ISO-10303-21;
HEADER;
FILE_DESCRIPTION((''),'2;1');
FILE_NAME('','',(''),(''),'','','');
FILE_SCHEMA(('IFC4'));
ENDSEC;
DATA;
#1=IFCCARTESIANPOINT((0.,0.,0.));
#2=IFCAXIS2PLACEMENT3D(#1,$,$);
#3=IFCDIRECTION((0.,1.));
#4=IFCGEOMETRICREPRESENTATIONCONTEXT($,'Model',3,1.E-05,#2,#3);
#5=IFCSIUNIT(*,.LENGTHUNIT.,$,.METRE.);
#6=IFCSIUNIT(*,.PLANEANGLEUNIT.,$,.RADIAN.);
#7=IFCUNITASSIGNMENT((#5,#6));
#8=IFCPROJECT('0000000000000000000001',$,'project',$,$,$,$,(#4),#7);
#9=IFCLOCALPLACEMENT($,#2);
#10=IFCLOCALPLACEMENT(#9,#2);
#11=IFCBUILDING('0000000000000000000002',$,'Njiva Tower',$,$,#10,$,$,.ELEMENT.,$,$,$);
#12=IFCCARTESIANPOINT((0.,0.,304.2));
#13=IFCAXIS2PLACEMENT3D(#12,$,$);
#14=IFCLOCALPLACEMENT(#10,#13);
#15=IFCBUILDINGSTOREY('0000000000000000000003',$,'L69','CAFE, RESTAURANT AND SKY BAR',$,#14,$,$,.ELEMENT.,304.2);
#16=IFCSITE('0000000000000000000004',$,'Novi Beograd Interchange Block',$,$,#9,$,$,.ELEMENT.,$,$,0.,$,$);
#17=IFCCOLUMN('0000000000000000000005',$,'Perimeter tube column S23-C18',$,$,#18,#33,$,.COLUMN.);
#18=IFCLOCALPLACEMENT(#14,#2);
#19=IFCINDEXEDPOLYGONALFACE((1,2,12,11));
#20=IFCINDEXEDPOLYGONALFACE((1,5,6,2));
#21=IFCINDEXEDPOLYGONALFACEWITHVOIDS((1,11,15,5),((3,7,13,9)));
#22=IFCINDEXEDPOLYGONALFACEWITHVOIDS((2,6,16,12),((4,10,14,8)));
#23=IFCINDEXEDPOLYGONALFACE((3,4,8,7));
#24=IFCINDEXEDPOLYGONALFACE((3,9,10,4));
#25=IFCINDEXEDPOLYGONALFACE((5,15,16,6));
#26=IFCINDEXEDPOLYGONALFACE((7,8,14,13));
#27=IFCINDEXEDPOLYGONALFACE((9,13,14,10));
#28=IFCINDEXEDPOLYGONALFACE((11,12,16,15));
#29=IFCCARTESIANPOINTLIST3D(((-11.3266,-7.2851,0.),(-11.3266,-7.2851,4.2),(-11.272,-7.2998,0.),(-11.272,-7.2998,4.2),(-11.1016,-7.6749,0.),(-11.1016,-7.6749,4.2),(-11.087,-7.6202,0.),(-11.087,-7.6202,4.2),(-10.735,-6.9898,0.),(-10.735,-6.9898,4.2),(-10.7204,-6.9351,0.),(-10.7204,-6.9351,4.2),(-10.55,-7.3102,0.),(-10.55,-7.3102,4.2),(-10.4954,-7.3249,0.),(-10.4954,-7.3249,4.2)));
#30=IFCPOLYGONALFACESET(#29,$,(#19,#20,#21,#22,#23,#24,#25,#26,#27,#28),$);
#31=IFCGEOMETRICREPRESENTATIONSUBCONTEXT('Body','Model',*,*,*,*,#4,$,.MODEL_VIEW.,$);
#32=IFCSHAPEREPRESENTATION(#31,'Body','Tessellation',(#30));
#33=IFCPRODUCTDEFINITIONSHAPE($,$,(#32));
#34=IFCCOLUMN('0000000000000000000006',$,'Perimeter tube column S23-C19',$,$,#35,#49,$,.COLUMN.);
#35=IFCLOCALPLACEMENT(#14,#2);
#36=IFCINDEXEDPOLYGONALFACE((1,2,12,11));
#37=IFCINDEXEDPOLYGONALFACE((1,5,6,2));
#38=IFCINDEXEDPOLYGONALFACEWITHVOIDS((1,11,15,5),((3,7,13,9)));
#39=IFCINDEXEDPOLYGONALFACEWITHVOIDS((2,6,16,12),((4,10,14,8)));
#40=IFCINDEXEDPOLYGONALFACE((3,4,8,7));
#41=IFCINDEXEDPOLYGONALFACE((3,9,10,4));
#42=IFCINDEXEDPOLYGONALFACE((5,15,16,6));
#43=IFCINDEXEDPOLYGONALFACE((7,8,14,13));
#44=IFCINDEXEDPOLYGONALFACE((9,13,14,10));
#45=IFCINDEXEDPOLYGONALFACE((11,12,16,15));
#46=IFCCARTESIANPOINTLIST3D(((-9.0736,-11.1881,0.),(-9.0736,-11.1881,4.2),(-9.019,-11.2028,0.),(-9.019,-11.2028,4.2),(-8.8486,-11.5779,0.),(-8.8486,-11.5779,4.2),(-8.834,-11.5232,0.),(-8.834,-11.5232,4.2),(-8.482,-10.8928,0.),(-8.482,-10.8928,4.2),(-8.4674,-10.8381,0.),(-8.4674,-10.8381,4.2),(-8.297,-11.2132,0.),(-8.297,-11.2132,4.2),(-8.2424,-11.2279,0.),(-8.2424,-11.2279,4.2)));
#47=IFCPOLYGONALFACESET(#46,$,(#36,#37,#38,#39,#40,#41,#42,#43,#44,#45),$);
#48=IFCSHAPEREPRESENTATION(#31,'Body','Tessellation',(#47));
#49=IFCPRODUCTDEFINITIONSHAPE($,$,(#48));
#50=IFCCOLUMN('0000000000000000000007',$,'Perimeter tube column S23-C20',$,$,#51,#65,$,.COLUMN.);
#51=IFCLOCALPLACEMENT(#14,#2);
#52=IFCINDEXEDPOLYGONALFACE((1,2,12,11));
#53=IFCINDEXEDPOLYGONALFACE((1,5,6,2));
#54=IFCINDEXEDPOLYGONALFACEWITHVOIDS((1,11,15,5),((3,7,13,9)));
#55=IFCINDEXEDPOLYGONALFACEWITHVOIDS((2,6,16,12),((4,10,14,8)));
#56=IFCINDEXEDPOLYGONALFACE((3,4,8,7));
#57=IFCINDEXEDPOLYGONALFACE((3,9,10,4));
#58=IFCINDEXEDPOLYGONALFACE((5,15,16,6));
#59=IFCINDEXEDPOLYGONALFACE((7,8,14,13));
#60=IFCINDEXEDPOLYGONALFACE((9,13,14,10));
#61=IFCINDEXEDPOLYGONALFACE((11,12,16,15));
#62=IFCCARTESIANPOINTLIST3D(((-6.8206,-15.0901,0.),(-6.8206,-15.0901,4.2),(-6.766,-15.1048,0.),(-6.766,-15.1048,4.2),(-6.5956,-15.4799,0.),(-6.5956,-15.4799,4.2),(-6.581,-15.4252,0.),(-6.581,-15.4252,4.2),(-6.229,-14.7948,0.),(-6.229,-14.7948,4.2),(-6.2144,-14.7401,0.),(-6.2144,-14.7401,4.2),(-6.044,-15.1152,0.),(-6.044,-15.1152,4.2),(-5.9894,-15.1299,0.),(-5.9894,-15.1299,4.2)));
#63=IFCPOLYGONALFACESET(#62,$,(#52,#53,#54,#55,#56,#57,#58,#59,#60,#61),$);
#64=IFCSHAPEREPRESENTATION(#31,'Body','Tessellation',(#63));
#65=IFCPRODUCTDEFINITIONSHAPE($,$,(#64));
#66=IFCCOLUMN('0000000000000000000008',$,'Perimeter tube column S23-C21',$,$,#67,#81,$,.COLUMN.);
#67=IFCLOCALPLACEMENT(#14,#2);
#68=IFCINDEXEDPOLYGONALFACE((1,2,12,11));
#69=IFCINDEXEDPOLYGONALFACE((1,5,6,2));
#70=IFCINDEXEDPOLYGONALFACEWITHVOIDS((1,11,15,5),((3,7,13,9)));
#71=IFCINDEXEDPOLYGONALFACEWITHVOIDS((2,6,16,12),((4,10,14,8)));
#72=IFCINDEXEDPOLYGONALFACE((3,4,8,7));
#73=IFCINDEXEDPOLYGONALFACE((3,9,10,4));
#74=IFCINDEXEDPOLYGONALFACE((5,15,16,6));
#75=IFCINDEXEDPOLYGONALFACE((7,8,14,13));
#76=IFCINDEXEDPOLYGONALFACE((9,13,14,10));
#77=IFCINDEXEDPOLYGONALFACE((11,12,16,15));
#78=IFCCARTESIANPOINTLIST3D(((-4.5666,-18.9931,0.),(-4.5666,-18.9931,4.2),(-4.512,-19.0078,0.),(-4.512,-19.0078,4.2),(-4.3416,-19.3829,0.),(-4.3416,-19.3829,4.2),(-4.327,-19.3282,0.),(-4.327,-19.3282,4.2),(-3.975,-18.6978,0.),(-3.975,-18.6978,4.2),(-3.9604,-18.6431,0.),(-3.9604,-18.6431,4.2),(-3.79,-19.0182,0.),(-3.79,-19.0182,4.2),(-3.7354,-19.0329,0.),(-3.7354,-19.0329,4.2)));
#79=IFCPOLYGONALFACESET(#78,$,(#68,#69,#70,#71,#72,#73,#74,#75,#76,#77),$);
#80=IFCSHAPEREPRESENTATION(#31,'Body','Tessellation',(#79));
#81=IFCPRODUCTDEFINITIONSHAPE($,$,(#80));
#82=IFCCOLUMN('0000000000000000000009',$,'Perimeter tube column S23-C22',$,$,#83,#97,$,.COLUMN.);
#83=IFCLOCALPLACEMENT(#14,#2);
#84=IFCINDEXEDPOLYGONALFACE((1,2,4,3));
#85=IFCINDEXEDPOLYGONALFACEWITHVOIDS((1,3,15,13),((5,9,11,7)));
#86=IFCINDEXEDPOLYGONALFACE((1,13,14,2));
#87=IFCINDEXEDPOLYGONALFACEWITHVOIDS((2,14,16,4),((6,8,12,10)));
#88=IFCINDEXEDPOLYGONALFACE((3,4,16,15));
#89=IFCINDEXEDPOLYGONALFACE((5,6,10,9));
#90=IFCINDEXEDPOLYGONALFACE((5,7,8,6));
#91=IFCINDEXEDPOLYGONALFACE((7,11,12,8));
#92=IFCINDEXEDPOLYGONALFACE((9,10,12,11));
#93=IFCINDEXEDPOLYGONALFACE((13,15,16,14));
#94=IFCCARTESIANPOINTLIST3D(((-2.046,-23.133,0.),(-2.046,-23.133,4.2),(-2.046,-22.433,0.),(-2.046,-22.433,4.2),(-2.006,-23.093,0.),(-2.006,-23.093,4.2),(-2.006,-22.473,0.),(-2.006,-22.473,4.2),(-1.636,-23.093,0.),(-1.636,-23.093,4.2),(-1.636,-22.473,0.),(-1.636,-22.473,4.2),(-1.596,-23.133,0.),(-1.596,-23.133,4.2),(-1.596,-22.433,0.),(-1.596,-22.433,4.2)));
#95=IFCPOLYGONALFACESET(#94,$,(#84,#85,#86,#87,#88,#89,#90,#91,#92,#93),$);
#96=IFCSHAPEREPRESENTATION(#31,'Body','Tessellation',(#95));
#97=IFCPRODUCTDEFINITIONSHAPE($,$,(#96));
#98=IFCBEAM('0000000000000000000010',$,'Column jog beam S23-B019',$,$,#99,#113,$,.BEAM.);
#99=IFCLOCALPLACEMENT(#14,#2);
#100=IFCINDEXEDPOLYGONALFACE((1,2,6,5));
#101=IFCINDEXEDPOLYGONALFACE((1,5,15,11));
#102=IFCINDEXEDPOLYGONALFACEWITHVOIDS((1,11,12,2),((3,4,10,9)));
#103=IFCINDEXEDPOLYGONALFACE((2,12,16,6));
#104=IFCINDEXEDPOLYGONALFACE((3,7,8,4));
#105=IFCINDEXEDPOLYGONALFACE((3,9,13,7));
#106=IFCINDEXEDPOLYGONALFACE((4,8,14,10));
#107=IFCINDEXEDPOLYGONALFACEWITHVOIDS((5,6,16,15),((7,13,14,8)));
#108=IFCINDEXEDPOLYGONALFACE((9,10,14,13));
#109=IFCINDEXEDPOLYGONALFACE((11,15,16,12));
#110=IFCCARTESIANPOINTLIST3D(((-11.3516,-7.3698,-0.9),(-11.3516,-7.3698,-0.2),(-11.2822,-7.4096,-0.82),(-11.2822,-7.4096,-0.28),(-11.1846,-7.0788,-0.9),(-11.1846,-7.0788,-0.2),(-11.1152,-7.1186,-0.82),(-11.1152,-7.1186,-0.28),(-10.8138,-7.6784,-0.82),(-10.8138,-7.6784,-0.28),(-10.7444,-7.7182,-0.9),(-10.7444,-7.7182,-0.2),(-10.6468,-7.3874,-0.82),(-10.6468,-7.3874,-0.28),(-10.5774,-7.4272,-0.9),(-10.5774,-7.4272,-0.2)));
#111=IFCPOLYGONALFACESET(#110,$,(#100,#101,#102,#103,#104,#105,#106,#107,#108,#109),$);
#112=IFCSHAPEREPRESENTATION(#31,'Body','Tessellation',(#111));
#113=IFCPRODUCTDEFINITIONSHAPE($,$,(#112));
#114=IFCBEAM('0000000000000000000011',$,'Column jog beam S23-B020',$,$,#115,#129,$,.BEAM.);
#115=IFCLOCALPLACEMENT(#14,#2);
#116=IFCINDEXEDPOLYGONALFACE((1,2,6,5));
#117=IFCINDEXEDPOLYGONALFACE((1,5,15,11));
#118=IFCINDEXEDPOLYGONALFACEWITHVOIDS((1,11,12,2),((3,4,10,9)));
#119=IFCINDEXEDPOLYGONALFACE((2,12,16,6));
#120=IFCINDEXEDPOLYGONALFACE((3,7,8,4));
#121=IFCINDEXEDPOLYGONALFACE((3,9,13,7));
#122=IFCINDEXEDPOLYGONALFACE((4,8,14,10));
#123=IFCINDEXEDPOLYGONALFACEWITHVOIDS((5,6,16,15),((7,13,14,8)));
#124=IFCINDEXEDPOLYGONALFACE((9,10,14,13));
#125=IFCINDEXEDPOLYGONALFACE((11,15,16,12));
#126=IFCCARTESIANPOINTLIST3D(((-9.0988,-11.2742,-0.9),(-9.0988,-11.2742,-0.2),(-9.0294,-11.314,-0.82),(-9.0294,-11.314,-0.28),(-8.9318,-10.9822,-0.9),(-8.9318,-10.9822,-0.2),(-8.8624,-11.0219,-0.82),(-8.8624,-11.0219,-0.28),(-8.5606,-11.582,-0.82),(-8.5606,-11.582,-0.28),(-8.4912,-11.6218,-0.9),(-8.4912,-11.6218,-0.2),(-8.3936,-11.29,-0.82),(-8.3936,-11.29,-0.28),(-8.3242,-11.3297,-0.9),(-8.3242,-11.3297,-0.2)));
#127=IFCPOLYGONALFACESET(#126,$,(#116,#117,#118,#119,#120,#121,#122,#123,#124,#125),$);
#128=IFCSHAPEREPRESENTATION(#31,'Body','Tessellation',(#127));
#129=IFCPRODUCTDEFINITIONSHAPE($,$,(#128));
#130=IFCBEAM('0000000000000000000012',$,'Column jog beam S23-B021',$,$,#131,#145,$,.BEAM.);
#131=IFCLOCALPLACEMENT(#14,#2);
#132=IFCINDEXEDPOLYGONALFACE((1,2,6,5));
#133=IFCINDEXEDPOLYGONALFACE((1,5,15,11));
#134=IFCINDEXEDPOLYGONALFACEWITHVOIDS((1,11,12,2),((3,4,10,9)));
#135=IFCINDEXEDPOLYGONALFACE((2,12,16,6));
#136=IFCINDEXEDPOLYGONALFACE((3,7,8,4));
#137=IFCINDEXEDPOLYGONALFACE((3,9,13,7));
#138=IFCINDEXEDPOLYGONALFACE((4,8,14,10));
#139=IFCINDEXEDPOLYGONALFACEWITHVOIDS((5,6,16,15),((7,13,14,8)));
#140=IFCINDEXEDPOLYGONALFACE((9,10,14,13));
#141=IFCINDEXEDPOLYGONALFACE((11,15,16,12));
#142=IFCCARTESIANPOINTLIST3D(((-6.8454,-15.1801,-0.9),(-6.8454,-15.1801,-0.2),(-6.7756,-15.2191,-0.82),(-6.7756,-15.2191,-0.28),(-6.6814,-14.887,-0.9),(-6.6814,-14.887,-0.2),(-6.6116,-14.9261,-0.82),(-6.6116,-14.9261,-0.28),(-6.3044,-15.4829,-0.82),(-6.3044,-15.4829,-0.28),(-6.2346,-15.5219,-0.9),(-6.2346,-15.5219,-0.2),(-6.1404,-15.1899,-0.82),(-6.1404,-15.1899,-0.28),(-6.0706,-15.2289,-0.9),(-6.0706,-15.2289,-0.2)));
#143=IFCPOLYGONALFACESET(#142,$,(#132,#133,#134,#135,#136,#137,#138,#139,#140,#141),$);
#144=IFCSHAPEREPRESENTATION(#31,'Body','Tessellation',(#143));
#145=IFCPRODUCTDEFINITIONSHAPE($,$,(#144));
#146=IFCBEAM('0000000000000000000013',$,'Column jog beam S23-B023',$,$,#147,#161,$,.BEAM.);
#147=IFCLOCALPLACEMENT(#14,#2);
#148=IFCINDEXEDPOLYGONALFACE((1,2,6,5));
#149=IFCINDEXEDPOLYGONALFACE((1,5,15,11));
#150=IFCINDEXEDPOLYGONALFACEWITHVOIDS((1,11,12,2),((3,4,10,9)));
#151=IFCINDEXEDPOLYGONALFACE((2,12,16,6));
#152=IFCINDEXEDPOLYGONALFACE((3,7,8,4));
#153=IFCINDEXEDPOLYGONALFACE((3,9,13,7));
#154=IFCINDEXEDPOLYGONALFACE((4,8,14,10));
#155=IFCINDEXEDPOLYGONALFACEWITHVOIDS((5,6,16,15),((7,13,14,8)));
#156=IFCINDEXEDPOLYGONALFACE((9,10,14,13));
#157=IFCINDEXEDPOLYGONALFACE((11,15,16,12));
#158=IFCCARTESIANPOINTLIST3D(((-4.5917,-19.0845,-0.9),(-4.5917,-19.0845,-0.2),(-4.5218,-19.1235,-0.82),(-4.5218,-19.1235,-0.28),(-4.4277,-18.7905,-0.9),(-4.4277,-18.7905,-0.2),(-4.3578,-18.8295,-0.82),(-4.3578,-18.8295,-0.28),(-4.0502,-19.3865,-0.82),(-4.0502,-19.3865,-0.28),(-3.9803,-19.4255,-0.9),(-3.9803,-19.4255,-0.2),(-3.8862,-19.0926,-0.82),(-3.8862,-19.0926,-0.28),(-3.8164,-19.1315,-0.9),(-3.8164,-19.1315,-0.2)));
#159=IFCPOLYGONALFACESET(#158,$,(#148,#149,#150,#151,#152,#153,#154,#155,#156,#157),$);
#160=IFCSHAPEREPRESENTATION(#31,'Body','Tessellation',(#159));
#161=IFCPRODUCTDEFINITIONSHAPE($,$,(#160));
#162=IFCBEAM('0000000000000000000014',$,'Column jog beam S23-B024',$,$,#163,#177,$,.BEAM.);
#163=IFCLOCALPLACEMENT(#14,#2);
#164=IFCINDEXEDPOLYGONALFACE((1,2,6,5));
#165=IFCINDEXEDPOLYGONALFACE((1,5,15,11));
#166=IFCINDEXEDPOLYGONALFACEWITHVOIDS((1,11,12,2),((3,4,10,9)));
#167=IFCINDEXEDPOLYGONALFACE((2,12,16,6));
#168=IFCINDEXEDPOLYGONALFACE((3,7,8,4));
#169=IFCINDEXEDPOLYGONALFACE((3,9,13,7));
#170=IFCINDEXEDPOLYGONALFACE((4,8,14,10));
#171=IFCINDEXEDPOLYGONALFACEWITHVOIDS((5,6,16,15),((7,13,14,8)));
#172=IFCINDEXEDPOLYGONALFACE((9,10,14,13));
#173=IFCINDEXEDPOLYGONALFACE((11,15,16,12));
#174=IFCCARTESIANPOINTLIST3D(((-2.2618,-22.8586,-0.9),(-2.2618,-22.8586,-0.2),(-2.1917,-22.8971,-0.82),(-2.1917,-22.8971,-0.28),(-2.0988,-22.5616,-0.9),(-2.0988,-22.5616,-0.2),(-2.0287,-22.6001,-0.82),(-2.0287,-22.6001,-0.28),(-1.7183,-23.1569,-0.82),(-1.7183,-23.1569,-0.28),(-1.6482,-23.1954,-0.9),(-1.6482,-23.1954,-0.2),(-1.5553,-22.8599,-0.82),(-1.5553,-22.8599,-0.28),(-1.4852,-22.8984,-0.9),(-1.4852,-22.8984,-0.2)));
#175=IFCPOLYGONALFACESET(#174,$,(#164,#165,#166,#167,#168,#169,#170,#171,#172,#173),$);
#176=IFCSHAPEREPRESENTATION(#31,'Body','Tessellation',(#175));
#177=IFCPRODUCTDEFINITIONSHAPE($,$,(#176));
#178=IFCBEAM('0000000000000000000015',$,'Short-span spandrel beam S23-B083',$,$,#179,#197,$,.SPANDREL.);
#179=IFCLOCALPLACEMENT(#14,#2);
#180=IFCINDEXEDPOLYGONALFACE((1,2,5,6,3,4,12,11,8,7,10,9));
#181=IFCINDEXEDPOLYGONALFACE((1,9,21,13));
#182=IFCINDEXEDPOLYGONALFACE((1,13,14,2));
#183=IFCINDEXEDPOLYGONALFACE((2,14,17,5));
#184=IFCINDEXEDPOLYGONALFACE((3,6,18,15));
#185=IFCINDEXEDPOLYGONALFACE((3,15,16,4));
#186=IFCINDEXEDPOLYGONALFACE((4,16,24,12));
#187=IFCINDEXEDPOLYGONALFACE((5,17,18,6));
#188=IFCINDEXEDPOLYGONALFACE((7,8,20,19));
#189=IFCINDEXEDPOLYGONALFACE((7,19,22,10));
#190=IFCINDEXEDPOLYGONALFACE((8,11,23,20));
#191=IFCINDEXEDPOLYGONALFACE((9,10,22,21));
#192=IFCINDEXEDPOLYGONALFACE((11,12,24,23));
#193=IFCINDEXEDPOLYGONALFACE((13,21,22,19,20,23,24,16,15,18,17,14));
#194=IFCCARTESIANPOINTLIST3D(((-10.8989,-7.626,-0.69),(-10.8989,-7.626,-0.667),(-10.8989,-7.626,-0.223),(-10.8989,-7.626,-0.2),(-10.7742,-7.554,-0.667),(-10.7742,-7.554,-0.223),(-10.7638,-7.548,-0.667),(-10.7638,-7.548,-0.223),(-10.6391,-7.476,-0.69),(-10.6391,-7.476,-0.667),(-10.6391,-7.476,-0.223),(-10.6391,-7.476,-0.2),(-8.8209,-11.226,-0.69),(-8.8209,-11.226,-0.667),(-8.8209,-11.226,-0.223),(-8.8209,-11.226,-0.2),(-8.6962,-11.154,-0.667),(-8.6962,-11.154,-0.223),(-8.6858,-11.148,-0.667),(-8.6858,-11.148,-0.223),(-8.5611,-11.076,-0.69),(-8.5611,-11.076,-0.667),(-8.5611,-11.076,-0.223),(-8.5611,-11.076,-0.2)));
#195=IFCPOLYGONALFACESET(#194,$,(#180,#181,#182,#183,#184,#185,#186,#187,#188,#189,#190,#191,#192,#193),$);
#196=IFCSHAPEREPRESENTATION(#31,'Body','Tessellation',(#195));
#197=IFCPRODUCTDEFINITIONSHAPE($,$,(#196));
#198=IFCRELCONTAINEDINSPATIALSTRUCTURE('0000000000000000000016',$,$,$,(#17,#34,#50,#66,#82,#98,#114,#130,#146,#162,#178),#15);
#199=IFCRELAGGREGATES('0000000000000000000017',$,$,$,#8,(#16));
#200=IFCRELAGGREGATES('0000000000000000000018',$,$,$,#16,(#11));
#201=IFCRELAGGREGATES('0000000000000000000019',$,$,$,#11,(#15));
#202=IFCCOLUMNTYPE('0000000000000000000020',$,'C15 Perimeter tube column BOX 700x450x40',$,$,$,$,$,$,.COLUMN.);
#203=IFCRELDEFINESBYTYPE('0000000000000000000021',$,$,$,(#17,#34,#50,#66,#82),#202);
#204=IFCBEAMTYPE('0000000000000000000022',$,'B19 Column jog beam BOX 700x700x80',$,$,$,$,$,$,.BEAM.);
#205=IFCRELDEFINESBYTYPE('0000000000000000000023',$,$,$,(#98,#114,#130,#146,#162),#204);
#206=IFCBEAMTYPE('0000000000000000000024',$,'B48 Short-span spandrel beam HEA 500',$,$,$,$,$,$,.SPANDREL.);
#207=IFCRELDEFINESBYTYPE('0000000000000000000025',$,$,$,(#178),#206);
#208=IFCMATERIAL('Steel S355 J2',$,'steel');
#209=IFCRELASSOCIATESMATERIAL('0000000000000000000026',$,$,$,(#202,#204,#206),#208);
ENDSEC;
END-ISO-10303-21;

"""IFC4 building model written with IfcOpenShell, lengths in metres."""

from ifc_helpers import new_model, si_unit, direction, frame, origin, origin_2d, place, context, subcontext, project, spatial, hollow_rectangle, i_section, extrude, material, material_profile, profile_set, type_object, element, save


model = new_model("IFC4")

# Units and contexts
model_context = context("Model", 3, precision=1e-05, world=origin(), true_north=direction((0.0, 1.0)))
body_context = subcontext(model_context, "Body", "Model", "MODEL_VIEW")
ifc_project = project(units=[si_unit("LENGTHUNIT", "METRE"), si_unit("PLANEANGLEUNIT", "RADIAN")], contexts=[model_context])

# Site, building, storey
site_placement = place(None, origin())
site = spatial("IfcSite", under=ifc_project, at=site_placement, Name="Novi Beograd Interchange Block", CompositionType="ELEMENT", RefElevation=0.0)
building_placement = place(site_placement, origin())
building = spatial("IfcBuilding", under=site, at=building_placement, Name="Njiva Tower", CompositionType="ELEMENT")
storey_placement = place(building_placement, frame((0.0, 0.0, 304.2)))
storey = spatial("IfcBuildingStorey", under=building, at=storey_placement, Name="L69", Description="CAFE, RESTAURANT AND SKY BAR", CompositionType="ELEMENT", Elevation=304.2)

# Columns
ifc_material_1 = material(Name="Steel S355 J2", Category="steel")
ifc_material_profile_1 = material_profile(ifc_material_1, hollow_rectangle(XDim=0.45, YDim=0.7, WallThickness=0.04, at=origin_2d()), Name="BOX 700x450x40")
ifc_profile_set_1 = profile_set([ifc_material_profile_1], Name="Steel S355 J2")
column_type = type_object("IfcColumnType", Name="C15 Perimeter tube column BOX 700x450x40", PredefinedType="COLUMN", material=ifc_profile_set_1)
for number, where, z_axis, x_axis, name in (
    (1, (-10.911, -7.305, 0.0), (0.0, 0.0, 1.0), (0.5, -0.866025, 0.0), "Perimeter tube column S23-C18"),
    (2, (-8.658, -11.208, 0.0), (0.0, 0.0, 1.0), (0.5, -0.866025, 0.0), "Perimeter tube column S23-C19"),
    (3, (-6.405, -15.11, 0.0), (0.0, 0.0, 1.0), (0.5, -0.866025, 0.0), "Perimeter tube column S23-C20"),
    (4, (-4.151, -19.013, 0.0), (0.0, 0.0, 1.0), (0.5, -0.866025, 0.0), "Perimeter tube column S23-C21"),
    (5, (-1.821, -22.783, 0.0), (0.0, 0.0, 1.0), (1.0, 0.0, 0.0), "Perimeter tube column S23-C22"),
):
    element("IfcColumn", number, at=place(storey_placement, frame(where, z_axis=z_axis, x_axis=x_axis)), inside=storey, type_object=column_type, Name=name, PredefinedType="COLUMN", context=body_context, shape_type="SweptSolid", body=[
        extrude(hollow_rectangle(XDim=0.45, YDim=0.7, WallThickness=0.04, at=origin_2d()), origin(), (0.0, 0.0, 1.0), 4.2),
    ])

# Beams
ifc_material_profile_2 = material_profile(ifc_material_1, hollow_rectangle(XDim=0.7, YDim=0.7, WallThickness=0.08, at=origin_2d()), Name="BOX 700x700x80")
ifc_profile_set_2 = profile_set([ifc_material_profile_2], Name="Steel S355 J2")
beam_type_1 = type_object("IfcBeamType", Name="B19 Column jog beam BOX 700x700x80", PredefinedType="BEAM", material=ifc_profile_set_2)
beam_1_placement = place(storey_placement, frame((-11.048, -7.544, -0.55), z_axis=(0.497743, 0.867325, 0.0), x_axis=(-0.867325, 0.497743, 0.0)))
element("IfcBeam", 6, at=beam_1_placement, inside=storey, type_object=beam_type_1, Name="Column jog beam S23-B019", PredefinedType="BEAM", context=body_context, shape_type="SweptSolid", body=[
    extrude(hollow_rectangle(XDim=0.7, YDim=0.7, WallThickness=0.08, at=origin_2d()), origin(), (0.0, 0.0, 1.0), 0.3355),
])
beam_2_placement = place(storey_placement, frame((-8.795, -11.448, -0.55), z_axis=(0.496459, 0.86806, 0.0), x_axis=(-0.86806, 0.496459, 0.0)))
element("IfcBeam", 7, at=beam_2_placement, inside=storey, type_object=beam_type_1, Name="Column jog beam S23-B020", PredefinedType="BEAM", context=body_context, shape_type="SweptSolid", body=[
    extrude(hollow_rectangle(XDim=0.7, YDim=0.7, WallThickness=0.08, at=origin_2d()), origin(), (0.0, 0.0, 1.0), 0.3364),
])
beam_3_placement = place(storey_placement, frame((-6.54, -15.351, -0.55), z_axis=(0.488422, 0.872608, 0.0), x_axis=(-0.872608, 0.488422, 0.0)))
element("IfcBeam", 8, at=beam_3_placement, inside=storey, type_object=beam_type_1, Name="Column jog beam S23-B021", PredefinedType="BEAM", context=body_context, shape_type="SweptSolid", body=[
    extrude(hollow_rectangle(XDim=0.7, YDim=0.7, WallThickness=0.08, at=origin_2d()), origin(), (0.0, 0.0, 1.0), 0.3358),
])
beam_4_placement = place(storey_placement, frame((-4.286, -19.255, -0.55), z_axis=(0.487155, 0.873315, 0.0), x_axis=(-0.873315, 0.487155, 0.0)))
element("IfcBeam", 9, at=beam_4_placement, inside=storey, type_object=beam_type_1, Name="Column jog beam S23-B023", PredefinedType="BEAM", context=body_context, shape_type="SweptSolid", body=[
    extrude(hollow_rectangle(XDim=0.7, YDim=0.7, WallThickness=0.08, at=origin_2d()), origin(), (0.0, 0.0, 1.0), 0.3366),
])
beam_5_placement = place(storey_placement, frame((-1.955, -23.027, -0.55), z_axis=(0.481125, 0.876652, 0.0), x_axis=(-0.876652, 0.481125, 0.0)))
element("IfcBeam", 10, at=beam_5_placement, inside=storey, type_object=beam_type_1, Name="Column jog beam S23-B024", PredefinedType="BEAM", context=body_context, shape_type="SweptSolid", body=[
    extrude(hollow_rectangle(XDim=0.7, YDim=0.7, WallThickness=0.08, at=origin_2d()), origin(), (0.0, 0.0, 1.0), 0.3388),
])
ifc_material_profile_3 = material_profile(ifc_material_1, i_section(OverallWidth=0.3, OverallDepth=0.49, WebThickness=0.012, FlangeThickness=0.023, at=origin_2d()), Name="HEA 500")
ifc_profile_set_3 = profile_set([ifc_material_profile_3], Name="Steel S355 J2")
beam_type_2 = type_object("IfcBeamType", Name="B48 Short-span spandrel beam HEA 500", PredefinedType="SPANDREL", material=ifc_profile_set_3)
beam_6_placement = place(storey_placement, frame((-10.769, -7.551, -0.445), z_axis=(0.499917, -0.866073, 0.0), x_axis=(0.866073, 0.499917, 0.0)))
element("IfcBeam", 11, at=beam_6_placement, inside=storey, type_object=beam_type_2, Name="Short-span spandrel beam S23-B083", PredefinedType="SPANDREL", context=body_context, shape_type="SweptSolid", body=[
    extrude(i_section(OverallWidth=0.3, OverallDepth=0.49, WebThickness=0.012, FlangeThickness=0.023, at=origin_2d()), origin(), (0.0, 0.0, 1.0), 4.1567),
])

save(model, "model.ifc")
